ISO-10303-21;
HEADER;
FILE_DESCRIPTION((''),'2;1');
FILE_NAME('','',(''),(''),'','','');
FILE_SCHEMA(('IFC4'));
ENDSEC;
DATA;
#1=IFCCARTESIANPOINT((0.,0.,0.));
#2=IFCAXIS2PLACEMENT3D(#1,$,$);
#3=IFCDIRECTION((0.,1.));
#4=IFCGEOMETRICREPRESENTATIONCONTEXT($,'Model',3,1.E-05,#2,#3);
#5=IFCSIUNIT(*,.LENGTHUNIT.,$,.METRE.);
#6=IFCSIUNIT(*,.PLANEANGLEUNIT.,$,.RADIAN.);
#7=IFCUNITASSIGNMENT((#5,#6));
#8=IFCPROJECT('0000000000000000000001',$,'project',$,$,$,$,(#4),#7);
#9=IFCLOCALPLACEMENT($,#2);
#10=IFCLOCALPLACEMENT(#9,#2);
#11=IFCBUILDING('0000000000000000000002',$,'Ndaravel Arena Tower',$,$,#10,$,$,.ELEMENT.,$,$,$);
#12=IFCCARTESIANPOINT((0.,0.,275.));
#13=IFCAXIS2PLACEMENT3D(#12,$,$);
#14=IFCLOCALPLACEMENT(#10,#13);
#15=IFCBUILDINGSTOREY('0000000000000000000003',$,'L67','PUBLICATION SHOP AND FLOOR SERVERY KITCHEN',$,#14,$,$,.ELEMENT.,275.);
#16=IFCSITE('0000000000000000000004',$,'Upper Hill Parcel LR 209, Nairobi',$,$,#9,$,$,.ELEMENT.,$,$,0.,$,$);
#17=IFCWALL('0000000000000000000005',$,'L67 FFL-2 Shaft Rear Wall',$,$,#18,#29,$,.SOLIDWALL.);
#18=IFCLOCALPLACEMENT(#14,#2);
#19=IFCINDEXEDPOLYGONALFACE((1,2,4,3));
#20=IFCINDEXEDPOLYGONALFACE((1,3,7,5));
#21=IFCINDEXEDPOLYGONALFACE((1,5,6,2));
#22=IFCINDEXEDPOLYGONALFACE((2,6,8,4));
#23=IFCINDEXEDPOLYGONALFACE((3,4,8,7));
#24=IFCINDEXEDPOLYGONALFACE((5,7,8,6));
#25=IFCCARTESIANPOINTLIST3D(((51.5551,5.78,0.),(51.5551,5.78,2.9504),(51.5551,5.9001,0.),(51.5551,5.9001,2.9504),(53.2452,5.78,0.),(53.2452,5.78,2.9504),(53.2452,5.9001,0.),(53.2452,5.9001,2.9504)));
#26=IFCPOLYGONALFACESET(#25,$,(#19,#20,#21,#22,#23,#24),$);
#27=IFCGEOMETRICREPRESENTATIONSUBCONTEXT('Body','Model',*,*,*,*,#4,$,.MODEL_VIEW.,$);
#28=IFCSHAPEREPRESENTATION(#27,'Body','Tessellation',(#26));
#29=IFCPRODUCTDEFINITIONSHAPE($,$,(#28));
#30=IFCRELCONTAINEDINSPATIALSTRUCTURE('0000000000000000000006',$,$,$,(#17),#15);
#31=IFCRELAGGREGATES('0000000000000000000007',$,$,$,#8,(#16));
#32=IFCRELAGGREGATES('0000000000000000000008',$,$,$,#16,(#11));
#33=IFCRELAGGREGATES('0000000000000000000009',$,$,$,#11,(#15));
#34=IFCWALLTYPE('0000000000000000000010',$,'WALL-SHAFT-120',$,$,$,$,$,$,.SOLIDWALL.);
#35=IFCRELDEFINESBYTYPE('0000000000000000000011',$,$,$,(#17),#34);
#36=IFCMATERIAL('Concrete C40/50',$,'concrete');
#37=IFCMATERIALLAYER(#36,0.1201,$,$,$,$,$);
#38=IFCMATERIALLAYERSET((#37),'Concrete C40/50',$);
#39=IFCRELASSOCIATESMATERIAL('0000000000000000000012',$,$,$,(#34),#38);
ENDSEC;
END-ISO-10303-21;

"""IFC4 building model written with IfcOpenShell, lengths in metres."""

from ifc_helpers import new_model, si_unit, direction, frame, frame_2d, origin, place, context, subcontext, project, spatial, rectangle, extrude, material, layer, layer_set, type_object, element, save


model = new_model("IFC4")

# Units and contexts
model_context = context("Model", 3, precision=1e-05, world=origin(), true_north=direction((0.0, 1.0)))
body_context = subcontext(model_context, "Body", "Model", "MODEL_VIEW")
ifc_project = project(units=[si_unit("LENGTHUNIT", "METRE"), si_unit("PLANEANGLEUNIT", "RADIAN")], contexts=[model_context])

# Site, building, storey
site_placement = place(None, origin())
site = spatial("IfcSite", under=ifc_project, at=site_placement, Name="Upper Hill Parcel LR 209, Nairobi", CompositionType="ELEMENT", RefElevation=0.0)
building_placement = place(site_placement, origin())
building = spatial("IfcBuilding", under=site, at=building_placement, Name="Ndaravel Arena Tower", CompositionType="ELEMENT")
storey_placement = place(building_placement, frame((0.0, 0.0, 275.0)))
storey = spatial("IfcBuildingStorey", under=building, at=storey_placement, Name="L67", Description="PUBLICATION SHOP AND FLOOR SERVERY KITCHEN", CompositionType="ELEMENT", Elevation=275.0)

# Wall
ifc_material_1 = material(Name="Concrete C40/50", Category="concrete")
ifc_layer_1 = layer(ifc_material_1, 0.1201)
ifc_layer_set_1 = layer_set([ifc_layer_1], Name="Concrete C40/50")
wall_type_1 = type_object("IfcWallType", Name="WALL-SHAFT-120", PredefinedType="SOLIDWALL", material=ifc_layer_set_1)
wall_1_placement = place(storey_placement, frame((51.5549, 5.8401, 0.0), z_axis=(0.0, 0.0, 1.0), x_axis=(1.0, 0.0, 0.0)))
element("IfcWall", 1, at=wall_1_placement, inside=storey, type_object=wall_type_1, Name="L67 FFL-2 Shaft Rear Wall", PredefinedType="SOLIDWALL", context=body_context, shape_type="SweptSolid", body=[
    extrude(rectangle(XDim=1.6902, YDim=0.1201, at=frame_2d((0.8452, 0.0))), origin(), (0.0, 0.0, 1.0), 2.9504),
])

save(model, "model.ifc")
